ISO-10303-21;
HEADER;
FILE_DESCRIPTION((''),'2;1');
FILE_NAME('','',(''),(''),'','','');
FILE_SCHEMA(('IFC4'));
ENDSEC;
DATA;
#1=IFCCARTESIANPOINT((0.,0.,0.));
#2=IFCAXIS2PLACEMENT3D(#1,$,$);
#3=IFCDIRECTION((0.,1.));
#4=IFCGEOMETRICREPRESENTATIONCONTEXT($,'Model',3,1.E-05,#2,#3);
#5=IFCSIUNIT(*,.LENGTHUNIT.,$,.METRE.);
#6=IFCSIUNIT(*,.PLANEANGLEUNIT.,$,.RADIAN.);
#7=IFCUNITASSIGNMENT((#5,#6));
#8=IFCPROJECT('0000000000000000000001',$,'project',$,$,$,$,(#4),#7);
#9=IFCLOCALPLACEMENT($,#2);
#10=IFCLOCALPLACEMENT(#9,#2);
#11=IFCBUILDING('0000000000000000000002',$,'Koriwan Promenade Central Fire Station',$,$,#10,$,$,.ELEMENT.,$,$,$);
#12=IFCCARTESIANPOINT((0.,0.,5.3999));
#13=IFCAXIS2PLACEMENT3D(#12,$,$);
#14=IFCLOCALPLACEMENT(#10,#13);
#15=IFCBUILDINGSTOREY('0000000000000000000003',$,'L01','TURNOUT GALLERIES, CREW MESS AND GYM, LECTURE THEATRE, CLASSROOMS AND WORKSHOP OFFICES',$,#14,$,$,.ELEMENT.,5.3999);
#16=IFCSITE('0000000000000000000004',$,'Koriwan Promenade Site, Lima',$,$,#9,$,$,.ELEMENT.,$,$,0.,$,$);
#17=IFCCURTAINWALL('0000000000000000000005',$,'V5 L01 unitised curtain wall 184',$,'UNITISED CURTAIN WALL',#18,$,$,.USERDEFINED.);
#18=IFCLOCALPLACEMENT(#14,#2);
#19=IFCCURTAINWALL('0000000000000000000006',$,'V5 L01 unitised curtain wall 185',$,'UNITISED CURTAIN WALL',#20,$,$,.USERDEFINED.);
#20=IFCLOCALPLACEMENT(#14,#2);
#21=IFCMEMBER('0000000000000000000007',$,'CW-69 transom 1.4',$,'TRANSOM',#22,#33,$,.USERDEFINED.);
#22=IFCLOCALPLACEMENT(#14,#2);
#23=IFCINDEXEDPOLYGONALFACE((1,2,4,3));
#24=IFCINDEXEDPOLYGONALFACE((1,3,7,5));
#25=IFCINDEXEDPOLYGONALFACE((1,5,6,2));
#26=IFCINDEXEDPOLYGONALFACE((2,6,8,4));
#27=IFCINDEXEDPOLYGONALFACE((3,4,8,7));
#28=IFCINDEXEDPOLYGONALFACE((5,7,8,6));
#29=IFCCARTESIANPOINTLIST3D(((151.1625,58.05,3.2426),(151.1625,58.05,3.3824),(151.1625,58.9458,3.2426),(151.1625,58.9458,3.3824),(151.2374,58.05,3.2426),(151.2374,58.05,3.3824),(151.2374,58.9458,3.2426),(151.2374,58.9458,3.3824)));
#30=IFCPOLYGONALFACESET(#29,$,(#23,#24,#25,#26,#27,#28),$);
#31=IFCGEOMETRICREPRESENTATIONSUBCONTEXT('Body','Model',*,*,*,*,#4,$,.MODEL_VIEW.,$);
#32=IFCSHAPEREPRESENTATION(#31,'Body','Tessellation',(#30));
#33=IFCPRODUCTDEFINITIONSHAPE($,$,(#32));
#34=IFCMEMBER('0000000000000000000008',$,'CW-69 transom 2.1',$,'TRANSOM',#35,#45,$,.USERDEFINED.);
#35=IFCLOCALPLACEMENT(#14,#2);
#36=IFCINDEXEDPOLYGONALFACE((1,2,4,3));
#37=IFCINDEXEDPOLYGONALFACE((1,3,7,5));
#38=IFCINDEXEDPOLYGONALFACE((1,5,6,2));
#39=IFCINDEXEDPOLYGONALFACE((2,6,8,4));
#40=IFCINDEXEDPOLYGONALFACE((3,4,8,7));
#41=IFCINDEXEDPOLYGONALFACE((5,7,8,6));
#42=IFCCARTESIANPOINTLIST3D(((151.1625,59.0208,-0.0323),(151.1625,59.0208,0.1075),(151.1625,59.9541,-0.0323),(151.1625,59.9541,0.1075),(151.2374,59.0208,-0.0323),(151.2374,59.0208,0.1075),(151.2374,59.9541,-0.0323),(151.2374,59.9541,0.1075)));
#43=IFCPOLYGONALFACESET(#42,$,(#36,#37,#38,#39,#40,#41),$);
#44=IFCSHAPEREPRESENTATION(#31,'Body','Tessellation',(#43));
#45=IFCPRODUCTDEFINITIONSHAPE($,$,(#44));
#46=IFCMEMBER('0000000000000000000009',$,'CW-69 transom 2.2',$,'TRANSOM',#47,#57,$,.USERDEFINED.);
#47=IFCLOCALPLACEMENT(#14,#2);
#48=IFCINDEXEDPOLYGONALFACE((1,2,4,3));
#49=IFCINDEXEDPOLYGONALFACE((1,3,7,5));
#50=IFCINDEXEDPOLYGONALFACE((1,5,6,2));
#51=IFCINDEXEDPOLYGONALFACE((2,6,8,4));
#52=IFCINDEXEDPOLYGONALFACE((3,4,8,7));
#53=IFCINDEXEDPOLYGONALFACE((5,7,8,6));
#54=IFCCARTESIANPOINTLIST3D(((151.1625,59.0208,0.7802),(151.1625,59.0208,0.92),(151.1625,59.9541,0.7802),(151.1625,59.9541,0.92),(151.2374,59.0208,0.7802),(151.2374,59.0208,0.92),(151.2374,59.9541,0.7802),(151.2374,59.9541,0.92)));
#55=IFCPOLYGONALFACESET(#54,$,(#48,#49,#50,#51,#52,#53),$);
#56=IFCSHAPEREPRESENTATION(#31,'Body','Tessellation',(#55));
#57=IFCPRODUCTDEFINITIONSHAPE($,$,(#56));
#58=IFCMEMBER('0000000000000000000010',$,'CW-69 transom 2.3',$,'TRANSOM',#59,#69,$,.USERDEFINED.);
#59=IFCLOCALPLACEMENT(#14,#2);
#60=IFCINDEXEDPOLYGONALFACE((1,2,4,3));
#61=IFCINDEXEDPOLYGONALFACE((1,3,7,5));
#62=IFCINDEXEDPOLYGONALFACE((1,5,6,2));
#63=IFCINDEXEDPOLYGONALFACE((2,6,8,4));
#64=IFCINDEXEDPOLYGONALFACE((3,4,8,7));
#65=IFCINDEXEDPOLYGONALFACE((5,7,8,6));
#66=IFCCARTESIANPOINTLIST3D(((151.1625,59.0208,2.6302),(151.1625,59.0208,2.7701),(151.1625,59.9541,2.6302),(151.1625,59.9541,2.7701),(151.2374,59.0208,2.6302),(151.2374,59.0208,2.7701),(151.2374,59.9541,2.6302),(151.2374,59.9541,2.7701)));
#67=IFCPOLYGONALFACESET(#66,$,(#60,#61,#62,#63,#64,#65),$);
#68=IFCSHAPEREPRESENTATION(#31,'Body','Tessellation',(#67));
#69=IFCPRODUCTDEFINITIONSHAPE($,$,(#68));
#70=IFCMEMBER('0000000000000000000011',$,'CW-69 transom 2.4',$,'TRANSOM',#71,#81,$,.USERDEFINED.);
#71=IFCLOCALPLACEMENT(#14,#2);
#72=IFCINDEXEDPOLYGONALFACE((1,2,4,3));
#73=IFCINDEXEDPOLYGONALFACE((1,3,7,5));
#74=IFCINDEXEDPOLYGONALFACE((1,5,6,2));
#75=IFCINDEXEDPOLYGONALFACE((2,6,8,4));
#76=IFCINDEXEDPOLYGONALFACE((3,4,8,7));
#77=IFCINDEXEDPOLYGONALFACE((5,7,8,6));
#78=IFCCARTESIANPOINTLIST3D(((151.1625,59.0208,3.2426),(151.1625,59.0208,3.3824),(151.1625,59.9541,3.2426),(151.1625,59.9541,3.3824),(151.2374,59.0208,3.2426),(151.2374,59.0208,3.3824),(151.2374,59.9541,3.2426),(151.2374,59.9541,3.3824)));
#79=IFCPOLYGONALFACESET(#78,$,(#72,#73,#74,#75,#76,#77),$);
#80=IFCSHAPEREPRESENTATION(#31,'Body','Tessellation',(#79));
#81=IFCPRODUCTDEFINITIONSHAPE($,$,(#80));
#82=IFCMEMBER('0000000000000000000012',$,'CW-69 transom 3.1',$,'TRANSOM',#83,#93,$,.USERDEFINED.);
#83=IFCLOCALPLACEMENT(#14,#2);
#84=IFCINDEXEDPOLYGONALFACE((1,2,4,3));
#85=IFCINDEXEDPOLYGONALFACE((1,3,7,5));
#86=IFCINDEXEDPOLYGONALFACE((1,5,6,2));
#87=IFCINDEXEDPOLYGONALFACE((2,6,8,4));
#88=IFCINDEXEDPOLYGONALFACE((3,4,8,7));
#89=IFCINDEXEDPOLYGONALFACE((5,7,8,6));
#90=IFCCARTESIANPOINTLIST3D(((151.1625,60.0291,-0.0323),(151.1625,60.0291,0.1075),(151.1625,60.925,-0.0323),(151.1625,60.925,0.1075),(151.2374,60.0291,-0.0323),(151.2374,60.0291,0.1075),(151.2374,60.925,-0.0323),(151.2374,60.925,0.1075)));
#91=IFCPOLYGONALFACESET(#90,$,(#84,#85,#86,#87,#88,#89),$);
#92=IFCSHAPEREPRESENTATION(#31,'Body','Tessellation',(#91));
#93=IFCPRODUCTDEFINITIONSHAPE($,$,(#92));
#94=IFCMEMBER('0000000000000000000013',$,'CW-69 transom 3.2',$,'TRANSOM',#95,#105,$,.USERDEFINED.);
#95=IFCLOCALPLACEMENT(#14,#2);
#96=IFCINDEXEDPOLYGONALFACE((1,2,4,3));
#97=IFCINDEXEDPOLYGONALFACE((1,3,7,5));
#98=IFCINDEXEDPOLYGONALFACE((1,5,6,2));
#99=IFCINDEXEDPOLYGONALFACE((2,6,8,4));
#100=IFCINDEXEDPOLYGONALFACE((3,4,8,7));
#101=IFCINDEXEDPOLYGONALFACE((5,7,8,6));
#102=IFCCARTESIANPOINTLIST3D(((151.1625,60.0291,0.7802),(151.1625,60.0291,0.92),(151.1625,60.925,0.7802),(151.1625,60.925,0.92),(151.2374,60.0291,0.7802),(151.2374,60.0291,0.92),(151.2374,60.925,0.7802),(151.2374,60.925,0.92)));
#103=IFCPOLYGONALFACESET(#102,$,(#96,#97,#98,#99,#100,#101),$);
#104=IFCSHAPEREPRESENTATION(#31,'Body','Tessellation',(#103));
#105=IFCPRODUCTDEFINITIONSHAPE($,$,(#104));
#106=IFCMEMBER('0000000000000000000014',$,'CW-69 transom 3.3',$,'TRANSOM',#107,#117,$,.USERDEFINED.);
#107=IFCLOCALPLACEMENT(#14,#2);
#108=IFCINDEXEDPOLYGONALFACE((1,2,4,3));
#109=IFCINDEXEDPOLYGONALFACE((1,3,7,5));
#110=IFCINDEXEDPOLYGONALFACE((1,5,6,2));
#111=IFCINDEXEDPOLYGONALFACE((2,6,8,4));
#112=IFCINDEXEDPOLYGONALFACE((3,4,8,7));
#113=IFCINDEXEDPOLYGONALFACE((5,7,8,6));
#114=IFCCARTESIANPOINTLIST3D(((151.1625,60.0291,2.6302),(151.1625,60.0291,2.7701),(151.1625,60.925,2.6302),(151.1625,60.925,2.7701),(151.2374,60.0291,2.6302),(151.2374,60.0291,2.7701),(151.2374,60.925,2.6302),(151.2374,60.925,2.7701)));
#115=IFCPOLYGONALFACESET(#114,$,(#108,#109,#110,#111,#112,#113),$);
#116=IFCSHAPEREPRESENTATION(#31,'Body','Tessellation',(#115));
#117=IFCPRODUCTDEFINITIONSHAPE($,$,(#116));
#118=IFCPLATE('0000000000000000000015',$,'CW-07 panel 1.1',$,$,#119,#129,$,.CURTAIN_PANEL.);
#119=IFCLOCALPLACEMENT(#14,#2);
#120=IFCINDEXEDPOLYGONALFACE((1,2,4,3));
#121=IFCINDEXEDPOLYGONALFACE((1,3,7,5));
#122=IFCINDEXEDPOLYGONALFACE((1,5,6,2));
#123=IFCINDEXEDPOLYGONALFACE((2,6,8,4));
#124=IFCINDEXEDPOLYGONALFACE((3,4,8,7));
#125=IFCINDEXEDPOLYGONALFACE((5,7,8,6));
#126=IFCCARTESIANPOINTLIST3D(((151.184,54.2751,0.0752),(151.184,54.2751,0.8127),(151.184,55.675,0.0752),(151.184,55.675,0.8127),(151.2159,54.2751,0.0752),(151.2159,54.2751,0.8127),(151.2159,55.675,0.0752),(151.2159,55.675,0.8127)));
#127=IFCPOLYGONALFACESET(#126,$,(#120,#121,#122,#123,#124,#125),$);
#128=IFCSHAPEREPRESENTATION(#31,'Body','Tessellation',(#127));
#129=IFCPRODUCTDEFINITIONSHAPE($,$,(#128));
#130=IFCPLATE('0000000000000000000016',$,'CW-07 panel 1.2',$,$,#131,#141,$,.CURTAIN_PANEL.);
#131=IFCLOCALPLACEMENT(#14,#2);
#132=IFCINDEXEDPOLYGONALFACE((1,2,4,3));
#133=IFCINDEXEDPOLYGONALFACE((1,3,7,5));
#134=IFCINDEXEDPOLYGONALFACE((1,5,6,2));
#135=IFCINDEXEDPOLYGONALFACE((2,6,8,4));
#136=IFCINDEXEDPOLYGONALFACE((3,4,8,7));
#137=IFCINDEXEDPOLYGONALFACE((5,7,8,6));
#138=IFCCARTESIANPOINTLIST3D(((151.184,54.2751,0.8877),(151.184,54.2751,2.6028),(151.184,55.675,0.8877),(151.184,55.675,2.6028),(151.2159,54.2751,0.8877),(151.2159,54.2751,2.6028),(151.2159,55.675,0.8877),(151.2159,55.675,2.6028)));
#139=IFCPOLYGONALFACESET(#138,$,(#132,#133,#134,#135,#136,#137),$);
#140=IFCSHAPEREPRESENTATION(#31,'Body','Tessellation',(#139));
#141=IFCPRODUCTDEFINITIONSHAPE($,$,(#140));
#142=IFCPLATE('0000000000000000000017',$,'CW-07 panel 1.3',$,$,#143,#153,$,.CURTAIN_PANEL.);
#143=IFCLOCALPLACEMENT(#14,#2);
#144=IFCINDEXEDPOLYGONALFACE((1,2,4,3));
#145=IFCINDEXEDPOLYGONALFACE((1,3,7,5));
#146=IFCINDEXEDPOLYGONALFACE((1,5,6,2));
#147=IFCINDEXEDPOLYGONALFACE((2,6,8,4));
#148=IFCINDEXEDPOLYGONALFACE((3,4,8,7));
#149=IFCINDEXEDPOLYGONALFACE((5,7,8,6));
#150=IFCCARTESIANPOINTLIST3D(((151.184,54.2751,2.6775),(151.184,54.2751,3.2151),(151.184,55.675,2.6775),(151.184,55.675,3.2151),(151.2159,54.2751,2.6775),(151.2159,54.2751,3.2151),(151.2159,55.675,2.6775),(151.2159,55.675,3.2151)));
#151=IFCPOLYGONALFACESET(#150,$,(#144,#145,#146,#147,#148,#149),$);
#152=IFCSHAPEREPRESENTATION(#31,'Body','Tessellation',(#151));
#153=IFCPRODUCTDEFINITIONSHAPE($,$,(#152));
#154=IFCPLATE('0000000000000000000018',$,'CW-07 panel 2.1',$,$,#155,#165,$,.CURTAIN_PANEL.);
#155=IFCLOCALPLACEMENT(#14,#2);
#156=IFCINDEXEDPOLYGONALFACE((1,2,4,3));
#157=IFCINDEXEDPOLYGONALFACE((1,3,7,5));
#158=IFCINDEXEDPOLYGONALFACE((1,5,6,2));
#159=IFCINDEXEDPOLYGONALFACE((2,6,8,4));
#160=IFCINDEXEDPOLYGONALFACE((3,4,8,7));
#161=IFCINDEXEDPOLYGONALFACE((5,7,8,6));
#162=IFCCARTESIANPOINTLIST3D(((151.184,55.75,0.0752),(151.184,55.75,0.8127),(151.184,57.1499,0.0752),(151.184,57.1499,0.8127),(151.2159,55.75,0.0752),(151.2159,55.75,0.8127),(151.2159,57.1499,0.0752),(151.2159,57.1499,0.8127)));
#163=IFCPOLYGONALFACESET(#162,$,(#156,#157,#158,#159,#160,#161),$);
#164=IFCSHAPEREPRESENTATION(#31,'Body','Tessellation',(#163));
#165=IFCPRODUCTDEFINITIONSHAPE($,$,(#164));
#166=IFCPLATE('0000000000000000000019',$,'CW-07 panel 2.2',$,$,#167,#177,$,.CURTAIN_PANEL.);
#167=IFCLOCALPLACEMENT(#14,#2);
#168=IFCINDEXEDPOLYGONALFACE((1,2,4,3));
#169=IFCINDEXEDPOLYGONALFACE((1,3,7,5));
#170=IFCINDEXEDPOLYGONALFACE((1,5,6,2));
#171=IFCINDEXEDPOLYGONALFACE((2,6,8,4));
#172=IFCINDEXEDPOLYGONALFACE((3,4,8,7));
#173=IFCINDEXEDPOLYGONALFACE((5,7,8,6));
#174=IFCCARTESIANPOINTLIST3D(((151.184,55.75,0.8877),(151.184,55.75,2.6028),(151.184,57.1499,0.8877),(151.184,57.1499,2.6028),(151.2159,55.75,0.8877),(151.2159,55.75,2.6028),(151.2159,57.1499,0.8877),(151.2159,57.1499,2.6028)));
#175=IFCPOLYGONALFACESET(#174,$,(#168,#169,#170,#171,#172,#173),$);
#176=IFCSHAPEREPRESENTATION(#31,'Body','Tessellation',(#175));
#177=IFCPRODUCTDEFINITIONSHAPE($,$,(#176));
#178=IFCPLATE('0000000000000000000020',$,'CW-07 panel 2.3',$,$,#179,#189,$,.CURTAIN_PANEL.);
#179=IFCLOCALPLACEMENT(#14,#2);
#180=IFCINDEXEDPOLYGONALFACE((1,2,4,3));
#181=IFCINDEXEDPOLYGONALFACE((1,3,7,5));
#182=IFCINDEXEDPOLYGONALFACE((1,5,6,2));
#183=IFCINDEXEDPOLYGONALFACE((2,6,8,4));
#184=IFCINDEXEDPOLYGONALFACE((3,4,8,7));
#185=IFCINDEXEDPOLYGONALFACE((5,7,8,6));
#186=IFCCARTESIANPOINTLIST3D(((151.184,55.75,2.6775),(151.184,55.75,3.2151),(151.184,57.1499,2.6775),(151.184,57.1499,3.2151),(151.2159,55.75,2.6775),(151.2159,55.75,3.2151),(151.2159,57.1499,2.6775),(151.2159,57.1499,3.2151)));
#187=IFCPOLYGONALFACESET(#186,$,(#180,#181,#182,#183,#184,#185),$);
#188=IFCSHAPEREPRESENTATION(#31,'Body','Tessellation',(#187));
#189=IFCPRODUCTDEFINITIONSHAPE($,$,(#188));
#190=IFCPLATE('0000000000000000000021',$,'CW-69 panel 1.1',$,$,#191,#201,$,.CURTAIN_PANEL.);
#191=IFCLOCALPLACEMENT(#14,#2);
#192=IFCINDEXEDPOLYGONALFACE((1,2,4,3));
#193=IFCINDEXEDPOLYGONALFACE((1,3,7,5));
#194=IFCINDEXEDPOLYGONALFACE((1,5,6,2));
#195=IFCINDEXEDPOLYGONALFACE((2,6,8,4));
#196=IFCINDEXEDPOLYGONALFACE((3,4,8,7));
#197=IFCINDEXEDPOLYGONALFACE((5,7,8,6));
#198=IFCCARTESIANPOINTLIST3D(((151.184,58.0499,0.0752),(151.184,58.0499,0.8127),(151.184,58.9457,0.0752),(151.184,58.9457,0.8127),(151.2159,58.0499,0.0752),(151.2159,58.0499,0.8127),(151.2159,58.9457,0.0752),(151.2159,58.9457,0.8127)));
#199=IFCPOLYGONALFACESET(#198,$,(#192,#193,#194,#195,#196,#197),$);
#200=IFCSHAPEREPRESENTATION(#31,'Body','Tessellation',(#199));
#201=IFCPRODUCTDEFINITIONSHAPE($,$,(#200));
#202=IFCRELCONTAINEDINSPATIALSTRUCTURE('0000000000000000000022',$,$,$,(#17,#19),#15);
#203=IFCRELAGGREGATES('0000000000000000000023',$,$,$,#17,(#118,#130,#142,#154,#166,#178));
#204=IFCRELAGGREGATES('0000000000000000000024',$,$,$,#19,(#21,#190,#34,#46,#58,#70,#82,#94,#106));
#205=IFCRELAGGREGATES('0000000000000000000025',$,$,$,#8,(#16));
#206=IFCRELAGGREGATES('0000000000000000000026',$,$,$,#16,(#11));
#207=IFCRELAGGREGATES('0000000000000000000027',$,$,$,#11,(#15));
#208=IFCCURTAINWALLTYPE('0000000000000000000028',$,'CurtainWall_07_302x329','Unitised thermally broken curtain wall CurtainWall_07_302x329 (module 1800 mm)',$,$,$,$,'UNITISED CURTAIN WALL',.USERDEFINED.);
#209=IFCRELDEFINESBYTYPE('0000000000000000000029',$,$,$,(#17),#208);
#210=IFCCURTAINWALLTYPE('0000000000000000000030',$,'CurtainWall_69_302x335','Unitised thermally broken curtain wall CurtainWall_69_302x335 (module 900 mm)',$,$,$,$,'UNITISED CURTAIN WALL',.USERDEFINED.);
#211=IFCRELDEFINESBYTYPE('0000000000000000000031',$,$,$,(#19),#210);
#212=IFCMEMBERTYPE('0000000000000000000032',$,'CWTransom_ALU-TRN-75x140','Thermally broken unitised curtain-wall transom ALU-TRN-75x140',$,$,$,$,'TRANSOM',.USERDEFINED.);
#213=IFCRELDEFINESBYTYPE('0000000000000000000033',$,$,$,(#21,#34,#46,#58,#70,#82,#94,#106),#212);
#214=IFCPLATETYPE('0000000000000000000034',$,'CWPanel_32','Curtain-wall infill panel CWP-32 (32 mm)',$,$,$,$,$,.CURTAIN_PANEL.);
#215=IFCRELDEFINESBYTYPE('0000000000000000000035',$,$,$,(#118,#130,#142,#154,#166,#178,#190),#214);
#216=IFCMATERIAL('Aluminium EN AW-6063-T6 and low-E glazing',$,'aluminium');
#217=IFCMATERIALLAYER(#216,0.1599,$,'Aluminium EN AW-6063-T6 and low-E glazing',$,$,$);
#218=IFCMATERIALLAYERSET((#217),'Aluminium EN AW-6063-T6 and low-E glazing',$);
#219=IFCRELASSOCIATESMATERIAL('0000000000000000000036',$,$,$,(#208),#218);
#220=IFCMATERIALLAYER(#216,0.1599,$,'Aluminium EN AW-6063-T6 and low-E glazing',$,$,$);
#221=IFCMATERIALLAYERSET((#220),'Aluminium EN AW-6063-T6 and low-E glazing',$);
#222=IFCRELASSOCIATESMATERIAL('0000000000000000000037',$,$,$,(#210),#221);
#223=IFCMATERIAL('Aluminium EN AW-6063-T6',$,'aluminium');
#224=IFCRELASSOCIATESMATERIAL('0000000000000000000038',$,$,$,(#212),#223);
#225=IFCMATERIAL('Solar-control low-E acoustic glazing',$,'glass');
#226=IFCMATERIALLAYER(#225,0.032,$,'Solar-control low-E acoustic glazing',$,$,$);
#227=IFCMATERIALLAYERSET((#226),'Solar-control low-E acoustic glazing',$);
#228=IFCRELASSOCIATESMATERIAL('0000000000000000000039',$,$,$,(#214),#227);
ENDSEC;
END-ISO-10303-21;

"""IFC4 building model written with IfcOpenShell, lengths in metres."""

from ifc_helpers import new_model, si_unit, direction, frame, origin, origin_2d, place, context, subcontext, project, spatial, rectangle, extrude, material, layer, layer_set, material_profile, profile_set, type_object, element, aggregate, save


model = new_model("IFC4")

# Units and contexts
model_context = context("Model", 3, precision=1e-05, world=origin(), true_north=direction((0.0, 1.0)))
body_context = subcontext(model_context, "Body", "Model", "MODEL_VIEW")
ifc_project = project(units=[si_unit("LENGTHUNIT", "METRE"), si_unit("PLANEANGLEUNIT", "RADIAN")], contexts=[model_context])

# Site, building, storey
site_placement = place(None, origin())
site = spatial("IfcSite", under=ifc_project, at=site_placement, Name="Koriwan Promenade Site, Lima", CompositionType="ELEMENT", RefElevation=0.0)
building_placement = place(site_placement, origin())
building = spatial("IfcBuilding", under=site, at=building_placement, Name="Koriwan Promenade Central Fire Station", CompositionType="ELEMENT")
storey_placement = place(building_placement, frame((0.0, 0.0, 5.3999)))
storey = spatial("IfcBuildingStorey", under=building, at=storey_placement, Name="L01", Description="TURNOUT GALLERIES, CREW MESS AND GYM, LECTURE THEATRE, CLASSROOMS AND WORKSHOP OFFICES", CompositionType="ELEMENT", Elevation=5.3999)

# Curtain walls
ifc_material_1 = material(Name="Aluminium EN AW-6063-T6 and low-E glazing", Category="aluminium")
ifc_layer_1 = layer(ifc_material_1, 0.1599, Name="Aluminium EN AW-6063-T6 and low-E glazing")
ifc_layer_set_1 = layer_set([ifc_layer_1], Name="Aluminium EN AW-6063-T6 and low-E glazing")
curtain_wall_type_1 = type_object("IfcCurtainWallType", Name="CurtainWall_07_302x329", Description="Unitised thermally broken curtain wall CurtainWall_07_302x329 (module 1800 mm)", ElementType="UNITISED CURTAIN WALL", PredefinedType="USERDEFINED", material=ifc_layer_set_1)
curtain_wall_1_placement = place(storey_placement, origin())
curtain_wall_1 = element("IfcCurtainWall", 1, at=curtain_wall_1_placement, inside=storey, type_object=curtain_wall_type_1, Name="V5 L01 unitised curtain wall 184", ObjectType="UNITISED CURTAIN WALL", PredefinedType="USERDEFINED")
ifc_material_2 = material(Name="Aluminium EN AW-6063-T6", Category="aluminium")
ifc_layer_2 = layer(ifc_material_1, 0.1599, Name="Aluminium EN AW-6063-T6 and low-E glazing")
ifc_layer_set_2 = layer_set([ifc_layer_2], Name="Aluminium EN AW-6063-T6 and low-E glazing")
curtain_wall_type_2 = type_object("IfcCurtainWallType", Name="CurtainWall_69_302x335", Description="Unitised thermally broken curtain wall CurtainWall_69_302x335 (module 900 mm)", ElementType="UNITISED CURTAIN WALL", PredefinedType="USERDEFINED", material=ifc_layer_set_2)
curtain_wall_2_placement = place(storey_placement, origin())
curtain_wall_2 = element("IfcCurtainWall", 2, at=curtain_wall_2_placement, inside=storey, type_object=curtain_wall_type_2, Name="V5 L01 unitised curtain wall 185", ObjectType="UNITISED CURTAIN WALL", PredefinedType="USERDEFINED")

# Members
ifc_material_profile_1 = material_profile(ifc_material_2, rectangle(XDim=0.075, YDim=0.1399, at=origin_2d()), Name="ALU-TRN-75x140")
ifc_profile_set_1 = profile_set([ifc_material_profile_1], Name="Aluminium EN AW-6063-T6")
member_type_1 = type_object("IfcMemberType", Name="CWTransom_ALU-TRN-75x140", Description="Thermally broken unitised curtain-wall transom ALU-TRN-75x140", ElementType="TRANSOM", PredefinedType="USERDEFINED", material=ifc_profile_set_1)
member_1_placement = place(storey_placement, frame((151.2, 58.05, 3.3125), z_axis=(0.0, 1.0, 0.0), x_axis=(-1.0, 0.0, 0.0)))
member_1 = element("IfcMember", 3, at=member_1_placement, type_object=member_type_1, Name="CW-69 transom 1.4", ObjectType="TRANSOM", PredefinedType="USERDEFINED", context=body_context, shape_type="SweptSolid", body=[
    extrude(rectangle(XDim=0.075, YDim=0.1399, at=origin_2d()), origin(), (0.0, 0.0, 1.0), 0.8958),
])
member_2_placement = place(storey_placement, frame((151.2, 59.0208, 0.0376), z_axis=(0.0, 1.0, 0.0), x_axis=(-1.0, 0.0, 0.0)))
member_2 = element("IfcMember", 4, at=member_2_placement, type_object=member_type_1, Name="CW-69 transom 2.1", ObjectType="TRANSOM", PredefinedType="USERDEFINED", context=body_context, shape_type="SweptSolid", body=[
    extrude(rectangle(XDim=0.075, YDim=0.1399, at=origin_2d()), origin(), (0.0, 0.0, 1.0), 0.9333),
])
member_3_placement = place(storey_placement, frame((151.2, 59.0208, 0.8501), z_axis=(0.0, 1.0, 0.0), x_axis=(-1.0, 0.0, 0.0)))
member_3 = element("IfcMember", 5, at=member_3_placement, type_object=member_type_1, Name="CW-69 transom 2.2", ObjectType="TRANSOM", PredefinedType="USERDEFINED", context=body_context, shape_type="SweptSolid", body=[
    extrude(rectangle(XDim=0.075, YDim=0.1399, at=origin_2d()), origin(), (0.0, 0.0, 1.0), 0.9333),
])
member_4_placement = place(storey_placement, frame((151.2, 59.0208, 2.7002), z_axis=(0.0, 1.0, 0.0), x_axis=(-1.0, 0.0, 0.0)))
member_4 = element("IfcMember", 6, at=member_4_placement, type_object=member_type_1, Name="CW-69 transom 2.3", ObjectType="TRANSOM", PredefinedType="USERDEFINED", context=body_context, shape_type="SweptSolid", body=[
    extrude(rectangle(XDim=0.075, YDim=0.1399, at=origin_2d()), origin(), (0.0, 0.0, 1.0), 0.9333),
])
member_5_placement = place(storey_placement, frame((151.2, 59.0208, 3.3125), z_axis=(0.0, 1.0, 0.0), x_axis=(-1.0, 0.0, 0.0)))
member_5 = element("IfcMember", 7, at=member_5_placement, type_object=member_type_1, Name="CW-69 transom 2.4", ObjectType="TRANSOM", PredefinedType="USERDEFINED", context=body_context, shape_type="SweptSolid", body=[
    extrude(rectangle(XDim=0.075, YDim=0.1399, at=origin_2d()), origin(), (0.0, 0.0, 1.0), 0.9333),
])
member_6_placement = place(storey_placement, frame((151.2, 60.0291, 0.0376), z_axis=(0.0, 1.0, 0.0), x_axis=(-1.0, 0.0, 0.0)))
member_6 = element("IfcMember", 8, at=member_6_placement, type_object=member_type_1, Name="CW-69 transom 3.1", ObjectType="TRANSOM", PredefinedType="USERDEFINED", context=body_context, shape_type="SweptSolid", body=[
    extrude(rectangle(XDim=0.075, YDim=0.1399, at=origin_2d()), origin(), (0.0, 0.0, 1.0), 0.896),
])
member_7_placement = place(storey_placement, frame((151.2, 60.0291, 0.8501), z_axis=(0.0, 1.0, 0.0), x_axis=(-1.0, 0.0, 0.0)))
member_7 = element("IfcMember", 9, at=member_7_placement, type_object=member_type_1, Name="CW-69 transom 3.2", ObjectType="TRANSOM", PredefinedType="USERDEFINED", context=body_context, shape_type="SweptSolid", body=[
    extrude(rectangle(XDim=0.075, YDim=0.1399, at=origin_2d()), origin(), (0.0, 0.0, 1.0), 0.896),
])
member_8_placement = place(storey_placement, frame((151.2, 60.0291, 2.7002), z_axis=(0.0, 1.0, 0.0), x_axis=(-1.0, 0.0, 0.0)))
member_8 = element("IfcMember", 10, at=member_8_placement, type_object=member_type_1, Name="CW-69 transom 3.3", ObjectType="TRANSOM", PredefinedType="USERDEFINED", context=body_context, shape_type="SweptSolid", body=[
    extrude(rectangle(XDim=0.075, YDim=0.1399, at=origin_2d()), origin(), (0.0, 0.0, 1.0), 0.896),
])

# Plates
ifc_material_3 = material(Name="Solar-control low-E acoustic glazing", Category="glass")
ifc_layer_3 = layer(ifc_material_3, 0.032, Name="Solar-control low-E acoustic glazing")
ifc_layer_set_3 = layer_set([ifc_layer_3], Name="Solar-control low-E acoustic glazing")
plate_type = type_object("IfcPlateType", Name="CWPanel_32", Description="Curtain-wall infill panel CWP-32 (32 mm)", PredefinedType="CURTAIN_PANEL", material=ifc_layer_set_3)
plate_1_placement = place(storey_placement, frame((151.2, 54.9751, 0.0752), z_axis=(0.0, 0.0, 1.0), x_axis=(0.0, 1.0, 0.0)))
plate_1 = element("IfcPlate", 11, at=plate_1_placement, type_object=plate_type, Name="CW-07 panel 1.1", PredefinedType="CURTAIN_PANEL", context=body_context, shape_type="SweptSolid", body=[
    extrude(rectangle(XDim=1.3999, YDim=0.032, at=origin_2d()), origin(), (0.0, 0.0, 1.0), 0.7375),
])
plate_2_placement = place(storey_placement, frame((151.2, 54.9751, 0.8877), z_axis=(0.0, 0.0, 1.0), x_axis=(0.0, 1.0, 0.0)))
plate_2 = element("IfcPlate", 12, at=plate_2_placement, type_object=plate_type, Name="CW-07 panel 1.2", PredefinedType="CURTAIN_PANEL", context=body_context, shape_type="SweptSolid", body=[
    extrude(rectangle(XDim=1.3999, YDim=0.032, at=origin_2d()), origin(), (0.0, 0.0, 1.0), 1.7151),
])
plate_3_placement = place(storey_placement, frame((151.2, 54.9751, 2.6775), z_axis=(0.0, 0.0, 1.0), x_axis=(0.0, 1.0, 0.0)))
plate_3 = element("IfcPlate", 13, at=plate_3_placement, type_object=plate_type, Name="CW-07 panel 1.3", PredefinedType="CURTAIN_PANEL", context=body_context, shape_type="SweptSolid", body=[
    extrude(rectangle(XDim=1.3999, YDim=0.032, at=origin_2d()), origin(), (0.0, 0.0, 1.0), 0.5376),
])
plate_4_placement = place(storey_placement, frame((151.2, 56.45, 0.0752), z_axis=(0.0, 0.0, 1.0), x_axis=(0.0, 1.0, 0.0)))
plate_4 = element("IfcPlate", 14, at=plate_4_placement, type_object=plate_type, Name="CW-07 panel 2.1", PredefinedType="CURTAIN_PANEL", context=body_context, shape_type="SweptSolid", body=[
    extrude(rectangle(XDim=1.3999, YDim=0.032, at=origin_2d()), origin(), (0.0, 0.0, 1.0), 0.7375),
])
plate_5_placement = place(storey_placement, frame((151.2, 56.45, 0.8877), z_axis=(0.0, 0.0, 1.0), x_axis=(0.0, 1.0, 0.0)))
plate_5 = element("IfcPlate", 15, at=plate_5_placement, type_object=plate_type, Name="CW-07 panel 2.2", PredefinedType="CURTAIN_PANEL", context=body_context, shape_type="SweptSolid", body=[
    extrude(rectangle(XDim=1.3999, YDim=0.032, at=origin_2d()), origin(), (0.0, 0.0, 1.0), 1.7151),
])
plate_6_placement = place(storey_placement, frame((151.2, 56.45, 2.6775), z_axis=(0.0, 0.0, 1.0), x_axis=(0.0, 1.0, 0.0)))
plate_6 = element("IfcPlate", 16, at=plate_6_placement, type_object=plate_type, Name="CW-07 panel 2.3", PredefinedType="CURTAIN_PANEL", context=body_context, shape_type="SweptSolid", body=[
    extrude(rectangle(XDim=1.3999, YDim=0.032, at=origin_2d()), origin(), (0.0, 0.0, 1.0), 0.5376),
])
aggregate(curtain_wall_1, [plate_1, plate_2, plate_3, plate_4, plate_5, plate_6])
plate_7_placement = place(storey_placement, frame((151.2, 58.4978, 0.0752), z_axis=(0.0, 0.0, 1.0), x_axis=(0.0, 1.0, 0.0)))
plate_7 = element("IfcPlate", 17, at=plate_7_placement, type_object=plate_type, Name="CW-69 panel 1.1", PredefinedType="CURTAIN_PANEL", context=body_context, shape_type="SweptSolid", body=[
    extrude(rectangle(XDim=0.8958, YDim=0.032, at=origin_2d()), origin(), (0.0, 0.0, 1.0), 0.7375),
])
aggregate(curtain_wall_2, [member_1, plate_7, member_2, member_3, member_4, member_5, member_6, member_7, member_8])

save(model, "model.ifc")
